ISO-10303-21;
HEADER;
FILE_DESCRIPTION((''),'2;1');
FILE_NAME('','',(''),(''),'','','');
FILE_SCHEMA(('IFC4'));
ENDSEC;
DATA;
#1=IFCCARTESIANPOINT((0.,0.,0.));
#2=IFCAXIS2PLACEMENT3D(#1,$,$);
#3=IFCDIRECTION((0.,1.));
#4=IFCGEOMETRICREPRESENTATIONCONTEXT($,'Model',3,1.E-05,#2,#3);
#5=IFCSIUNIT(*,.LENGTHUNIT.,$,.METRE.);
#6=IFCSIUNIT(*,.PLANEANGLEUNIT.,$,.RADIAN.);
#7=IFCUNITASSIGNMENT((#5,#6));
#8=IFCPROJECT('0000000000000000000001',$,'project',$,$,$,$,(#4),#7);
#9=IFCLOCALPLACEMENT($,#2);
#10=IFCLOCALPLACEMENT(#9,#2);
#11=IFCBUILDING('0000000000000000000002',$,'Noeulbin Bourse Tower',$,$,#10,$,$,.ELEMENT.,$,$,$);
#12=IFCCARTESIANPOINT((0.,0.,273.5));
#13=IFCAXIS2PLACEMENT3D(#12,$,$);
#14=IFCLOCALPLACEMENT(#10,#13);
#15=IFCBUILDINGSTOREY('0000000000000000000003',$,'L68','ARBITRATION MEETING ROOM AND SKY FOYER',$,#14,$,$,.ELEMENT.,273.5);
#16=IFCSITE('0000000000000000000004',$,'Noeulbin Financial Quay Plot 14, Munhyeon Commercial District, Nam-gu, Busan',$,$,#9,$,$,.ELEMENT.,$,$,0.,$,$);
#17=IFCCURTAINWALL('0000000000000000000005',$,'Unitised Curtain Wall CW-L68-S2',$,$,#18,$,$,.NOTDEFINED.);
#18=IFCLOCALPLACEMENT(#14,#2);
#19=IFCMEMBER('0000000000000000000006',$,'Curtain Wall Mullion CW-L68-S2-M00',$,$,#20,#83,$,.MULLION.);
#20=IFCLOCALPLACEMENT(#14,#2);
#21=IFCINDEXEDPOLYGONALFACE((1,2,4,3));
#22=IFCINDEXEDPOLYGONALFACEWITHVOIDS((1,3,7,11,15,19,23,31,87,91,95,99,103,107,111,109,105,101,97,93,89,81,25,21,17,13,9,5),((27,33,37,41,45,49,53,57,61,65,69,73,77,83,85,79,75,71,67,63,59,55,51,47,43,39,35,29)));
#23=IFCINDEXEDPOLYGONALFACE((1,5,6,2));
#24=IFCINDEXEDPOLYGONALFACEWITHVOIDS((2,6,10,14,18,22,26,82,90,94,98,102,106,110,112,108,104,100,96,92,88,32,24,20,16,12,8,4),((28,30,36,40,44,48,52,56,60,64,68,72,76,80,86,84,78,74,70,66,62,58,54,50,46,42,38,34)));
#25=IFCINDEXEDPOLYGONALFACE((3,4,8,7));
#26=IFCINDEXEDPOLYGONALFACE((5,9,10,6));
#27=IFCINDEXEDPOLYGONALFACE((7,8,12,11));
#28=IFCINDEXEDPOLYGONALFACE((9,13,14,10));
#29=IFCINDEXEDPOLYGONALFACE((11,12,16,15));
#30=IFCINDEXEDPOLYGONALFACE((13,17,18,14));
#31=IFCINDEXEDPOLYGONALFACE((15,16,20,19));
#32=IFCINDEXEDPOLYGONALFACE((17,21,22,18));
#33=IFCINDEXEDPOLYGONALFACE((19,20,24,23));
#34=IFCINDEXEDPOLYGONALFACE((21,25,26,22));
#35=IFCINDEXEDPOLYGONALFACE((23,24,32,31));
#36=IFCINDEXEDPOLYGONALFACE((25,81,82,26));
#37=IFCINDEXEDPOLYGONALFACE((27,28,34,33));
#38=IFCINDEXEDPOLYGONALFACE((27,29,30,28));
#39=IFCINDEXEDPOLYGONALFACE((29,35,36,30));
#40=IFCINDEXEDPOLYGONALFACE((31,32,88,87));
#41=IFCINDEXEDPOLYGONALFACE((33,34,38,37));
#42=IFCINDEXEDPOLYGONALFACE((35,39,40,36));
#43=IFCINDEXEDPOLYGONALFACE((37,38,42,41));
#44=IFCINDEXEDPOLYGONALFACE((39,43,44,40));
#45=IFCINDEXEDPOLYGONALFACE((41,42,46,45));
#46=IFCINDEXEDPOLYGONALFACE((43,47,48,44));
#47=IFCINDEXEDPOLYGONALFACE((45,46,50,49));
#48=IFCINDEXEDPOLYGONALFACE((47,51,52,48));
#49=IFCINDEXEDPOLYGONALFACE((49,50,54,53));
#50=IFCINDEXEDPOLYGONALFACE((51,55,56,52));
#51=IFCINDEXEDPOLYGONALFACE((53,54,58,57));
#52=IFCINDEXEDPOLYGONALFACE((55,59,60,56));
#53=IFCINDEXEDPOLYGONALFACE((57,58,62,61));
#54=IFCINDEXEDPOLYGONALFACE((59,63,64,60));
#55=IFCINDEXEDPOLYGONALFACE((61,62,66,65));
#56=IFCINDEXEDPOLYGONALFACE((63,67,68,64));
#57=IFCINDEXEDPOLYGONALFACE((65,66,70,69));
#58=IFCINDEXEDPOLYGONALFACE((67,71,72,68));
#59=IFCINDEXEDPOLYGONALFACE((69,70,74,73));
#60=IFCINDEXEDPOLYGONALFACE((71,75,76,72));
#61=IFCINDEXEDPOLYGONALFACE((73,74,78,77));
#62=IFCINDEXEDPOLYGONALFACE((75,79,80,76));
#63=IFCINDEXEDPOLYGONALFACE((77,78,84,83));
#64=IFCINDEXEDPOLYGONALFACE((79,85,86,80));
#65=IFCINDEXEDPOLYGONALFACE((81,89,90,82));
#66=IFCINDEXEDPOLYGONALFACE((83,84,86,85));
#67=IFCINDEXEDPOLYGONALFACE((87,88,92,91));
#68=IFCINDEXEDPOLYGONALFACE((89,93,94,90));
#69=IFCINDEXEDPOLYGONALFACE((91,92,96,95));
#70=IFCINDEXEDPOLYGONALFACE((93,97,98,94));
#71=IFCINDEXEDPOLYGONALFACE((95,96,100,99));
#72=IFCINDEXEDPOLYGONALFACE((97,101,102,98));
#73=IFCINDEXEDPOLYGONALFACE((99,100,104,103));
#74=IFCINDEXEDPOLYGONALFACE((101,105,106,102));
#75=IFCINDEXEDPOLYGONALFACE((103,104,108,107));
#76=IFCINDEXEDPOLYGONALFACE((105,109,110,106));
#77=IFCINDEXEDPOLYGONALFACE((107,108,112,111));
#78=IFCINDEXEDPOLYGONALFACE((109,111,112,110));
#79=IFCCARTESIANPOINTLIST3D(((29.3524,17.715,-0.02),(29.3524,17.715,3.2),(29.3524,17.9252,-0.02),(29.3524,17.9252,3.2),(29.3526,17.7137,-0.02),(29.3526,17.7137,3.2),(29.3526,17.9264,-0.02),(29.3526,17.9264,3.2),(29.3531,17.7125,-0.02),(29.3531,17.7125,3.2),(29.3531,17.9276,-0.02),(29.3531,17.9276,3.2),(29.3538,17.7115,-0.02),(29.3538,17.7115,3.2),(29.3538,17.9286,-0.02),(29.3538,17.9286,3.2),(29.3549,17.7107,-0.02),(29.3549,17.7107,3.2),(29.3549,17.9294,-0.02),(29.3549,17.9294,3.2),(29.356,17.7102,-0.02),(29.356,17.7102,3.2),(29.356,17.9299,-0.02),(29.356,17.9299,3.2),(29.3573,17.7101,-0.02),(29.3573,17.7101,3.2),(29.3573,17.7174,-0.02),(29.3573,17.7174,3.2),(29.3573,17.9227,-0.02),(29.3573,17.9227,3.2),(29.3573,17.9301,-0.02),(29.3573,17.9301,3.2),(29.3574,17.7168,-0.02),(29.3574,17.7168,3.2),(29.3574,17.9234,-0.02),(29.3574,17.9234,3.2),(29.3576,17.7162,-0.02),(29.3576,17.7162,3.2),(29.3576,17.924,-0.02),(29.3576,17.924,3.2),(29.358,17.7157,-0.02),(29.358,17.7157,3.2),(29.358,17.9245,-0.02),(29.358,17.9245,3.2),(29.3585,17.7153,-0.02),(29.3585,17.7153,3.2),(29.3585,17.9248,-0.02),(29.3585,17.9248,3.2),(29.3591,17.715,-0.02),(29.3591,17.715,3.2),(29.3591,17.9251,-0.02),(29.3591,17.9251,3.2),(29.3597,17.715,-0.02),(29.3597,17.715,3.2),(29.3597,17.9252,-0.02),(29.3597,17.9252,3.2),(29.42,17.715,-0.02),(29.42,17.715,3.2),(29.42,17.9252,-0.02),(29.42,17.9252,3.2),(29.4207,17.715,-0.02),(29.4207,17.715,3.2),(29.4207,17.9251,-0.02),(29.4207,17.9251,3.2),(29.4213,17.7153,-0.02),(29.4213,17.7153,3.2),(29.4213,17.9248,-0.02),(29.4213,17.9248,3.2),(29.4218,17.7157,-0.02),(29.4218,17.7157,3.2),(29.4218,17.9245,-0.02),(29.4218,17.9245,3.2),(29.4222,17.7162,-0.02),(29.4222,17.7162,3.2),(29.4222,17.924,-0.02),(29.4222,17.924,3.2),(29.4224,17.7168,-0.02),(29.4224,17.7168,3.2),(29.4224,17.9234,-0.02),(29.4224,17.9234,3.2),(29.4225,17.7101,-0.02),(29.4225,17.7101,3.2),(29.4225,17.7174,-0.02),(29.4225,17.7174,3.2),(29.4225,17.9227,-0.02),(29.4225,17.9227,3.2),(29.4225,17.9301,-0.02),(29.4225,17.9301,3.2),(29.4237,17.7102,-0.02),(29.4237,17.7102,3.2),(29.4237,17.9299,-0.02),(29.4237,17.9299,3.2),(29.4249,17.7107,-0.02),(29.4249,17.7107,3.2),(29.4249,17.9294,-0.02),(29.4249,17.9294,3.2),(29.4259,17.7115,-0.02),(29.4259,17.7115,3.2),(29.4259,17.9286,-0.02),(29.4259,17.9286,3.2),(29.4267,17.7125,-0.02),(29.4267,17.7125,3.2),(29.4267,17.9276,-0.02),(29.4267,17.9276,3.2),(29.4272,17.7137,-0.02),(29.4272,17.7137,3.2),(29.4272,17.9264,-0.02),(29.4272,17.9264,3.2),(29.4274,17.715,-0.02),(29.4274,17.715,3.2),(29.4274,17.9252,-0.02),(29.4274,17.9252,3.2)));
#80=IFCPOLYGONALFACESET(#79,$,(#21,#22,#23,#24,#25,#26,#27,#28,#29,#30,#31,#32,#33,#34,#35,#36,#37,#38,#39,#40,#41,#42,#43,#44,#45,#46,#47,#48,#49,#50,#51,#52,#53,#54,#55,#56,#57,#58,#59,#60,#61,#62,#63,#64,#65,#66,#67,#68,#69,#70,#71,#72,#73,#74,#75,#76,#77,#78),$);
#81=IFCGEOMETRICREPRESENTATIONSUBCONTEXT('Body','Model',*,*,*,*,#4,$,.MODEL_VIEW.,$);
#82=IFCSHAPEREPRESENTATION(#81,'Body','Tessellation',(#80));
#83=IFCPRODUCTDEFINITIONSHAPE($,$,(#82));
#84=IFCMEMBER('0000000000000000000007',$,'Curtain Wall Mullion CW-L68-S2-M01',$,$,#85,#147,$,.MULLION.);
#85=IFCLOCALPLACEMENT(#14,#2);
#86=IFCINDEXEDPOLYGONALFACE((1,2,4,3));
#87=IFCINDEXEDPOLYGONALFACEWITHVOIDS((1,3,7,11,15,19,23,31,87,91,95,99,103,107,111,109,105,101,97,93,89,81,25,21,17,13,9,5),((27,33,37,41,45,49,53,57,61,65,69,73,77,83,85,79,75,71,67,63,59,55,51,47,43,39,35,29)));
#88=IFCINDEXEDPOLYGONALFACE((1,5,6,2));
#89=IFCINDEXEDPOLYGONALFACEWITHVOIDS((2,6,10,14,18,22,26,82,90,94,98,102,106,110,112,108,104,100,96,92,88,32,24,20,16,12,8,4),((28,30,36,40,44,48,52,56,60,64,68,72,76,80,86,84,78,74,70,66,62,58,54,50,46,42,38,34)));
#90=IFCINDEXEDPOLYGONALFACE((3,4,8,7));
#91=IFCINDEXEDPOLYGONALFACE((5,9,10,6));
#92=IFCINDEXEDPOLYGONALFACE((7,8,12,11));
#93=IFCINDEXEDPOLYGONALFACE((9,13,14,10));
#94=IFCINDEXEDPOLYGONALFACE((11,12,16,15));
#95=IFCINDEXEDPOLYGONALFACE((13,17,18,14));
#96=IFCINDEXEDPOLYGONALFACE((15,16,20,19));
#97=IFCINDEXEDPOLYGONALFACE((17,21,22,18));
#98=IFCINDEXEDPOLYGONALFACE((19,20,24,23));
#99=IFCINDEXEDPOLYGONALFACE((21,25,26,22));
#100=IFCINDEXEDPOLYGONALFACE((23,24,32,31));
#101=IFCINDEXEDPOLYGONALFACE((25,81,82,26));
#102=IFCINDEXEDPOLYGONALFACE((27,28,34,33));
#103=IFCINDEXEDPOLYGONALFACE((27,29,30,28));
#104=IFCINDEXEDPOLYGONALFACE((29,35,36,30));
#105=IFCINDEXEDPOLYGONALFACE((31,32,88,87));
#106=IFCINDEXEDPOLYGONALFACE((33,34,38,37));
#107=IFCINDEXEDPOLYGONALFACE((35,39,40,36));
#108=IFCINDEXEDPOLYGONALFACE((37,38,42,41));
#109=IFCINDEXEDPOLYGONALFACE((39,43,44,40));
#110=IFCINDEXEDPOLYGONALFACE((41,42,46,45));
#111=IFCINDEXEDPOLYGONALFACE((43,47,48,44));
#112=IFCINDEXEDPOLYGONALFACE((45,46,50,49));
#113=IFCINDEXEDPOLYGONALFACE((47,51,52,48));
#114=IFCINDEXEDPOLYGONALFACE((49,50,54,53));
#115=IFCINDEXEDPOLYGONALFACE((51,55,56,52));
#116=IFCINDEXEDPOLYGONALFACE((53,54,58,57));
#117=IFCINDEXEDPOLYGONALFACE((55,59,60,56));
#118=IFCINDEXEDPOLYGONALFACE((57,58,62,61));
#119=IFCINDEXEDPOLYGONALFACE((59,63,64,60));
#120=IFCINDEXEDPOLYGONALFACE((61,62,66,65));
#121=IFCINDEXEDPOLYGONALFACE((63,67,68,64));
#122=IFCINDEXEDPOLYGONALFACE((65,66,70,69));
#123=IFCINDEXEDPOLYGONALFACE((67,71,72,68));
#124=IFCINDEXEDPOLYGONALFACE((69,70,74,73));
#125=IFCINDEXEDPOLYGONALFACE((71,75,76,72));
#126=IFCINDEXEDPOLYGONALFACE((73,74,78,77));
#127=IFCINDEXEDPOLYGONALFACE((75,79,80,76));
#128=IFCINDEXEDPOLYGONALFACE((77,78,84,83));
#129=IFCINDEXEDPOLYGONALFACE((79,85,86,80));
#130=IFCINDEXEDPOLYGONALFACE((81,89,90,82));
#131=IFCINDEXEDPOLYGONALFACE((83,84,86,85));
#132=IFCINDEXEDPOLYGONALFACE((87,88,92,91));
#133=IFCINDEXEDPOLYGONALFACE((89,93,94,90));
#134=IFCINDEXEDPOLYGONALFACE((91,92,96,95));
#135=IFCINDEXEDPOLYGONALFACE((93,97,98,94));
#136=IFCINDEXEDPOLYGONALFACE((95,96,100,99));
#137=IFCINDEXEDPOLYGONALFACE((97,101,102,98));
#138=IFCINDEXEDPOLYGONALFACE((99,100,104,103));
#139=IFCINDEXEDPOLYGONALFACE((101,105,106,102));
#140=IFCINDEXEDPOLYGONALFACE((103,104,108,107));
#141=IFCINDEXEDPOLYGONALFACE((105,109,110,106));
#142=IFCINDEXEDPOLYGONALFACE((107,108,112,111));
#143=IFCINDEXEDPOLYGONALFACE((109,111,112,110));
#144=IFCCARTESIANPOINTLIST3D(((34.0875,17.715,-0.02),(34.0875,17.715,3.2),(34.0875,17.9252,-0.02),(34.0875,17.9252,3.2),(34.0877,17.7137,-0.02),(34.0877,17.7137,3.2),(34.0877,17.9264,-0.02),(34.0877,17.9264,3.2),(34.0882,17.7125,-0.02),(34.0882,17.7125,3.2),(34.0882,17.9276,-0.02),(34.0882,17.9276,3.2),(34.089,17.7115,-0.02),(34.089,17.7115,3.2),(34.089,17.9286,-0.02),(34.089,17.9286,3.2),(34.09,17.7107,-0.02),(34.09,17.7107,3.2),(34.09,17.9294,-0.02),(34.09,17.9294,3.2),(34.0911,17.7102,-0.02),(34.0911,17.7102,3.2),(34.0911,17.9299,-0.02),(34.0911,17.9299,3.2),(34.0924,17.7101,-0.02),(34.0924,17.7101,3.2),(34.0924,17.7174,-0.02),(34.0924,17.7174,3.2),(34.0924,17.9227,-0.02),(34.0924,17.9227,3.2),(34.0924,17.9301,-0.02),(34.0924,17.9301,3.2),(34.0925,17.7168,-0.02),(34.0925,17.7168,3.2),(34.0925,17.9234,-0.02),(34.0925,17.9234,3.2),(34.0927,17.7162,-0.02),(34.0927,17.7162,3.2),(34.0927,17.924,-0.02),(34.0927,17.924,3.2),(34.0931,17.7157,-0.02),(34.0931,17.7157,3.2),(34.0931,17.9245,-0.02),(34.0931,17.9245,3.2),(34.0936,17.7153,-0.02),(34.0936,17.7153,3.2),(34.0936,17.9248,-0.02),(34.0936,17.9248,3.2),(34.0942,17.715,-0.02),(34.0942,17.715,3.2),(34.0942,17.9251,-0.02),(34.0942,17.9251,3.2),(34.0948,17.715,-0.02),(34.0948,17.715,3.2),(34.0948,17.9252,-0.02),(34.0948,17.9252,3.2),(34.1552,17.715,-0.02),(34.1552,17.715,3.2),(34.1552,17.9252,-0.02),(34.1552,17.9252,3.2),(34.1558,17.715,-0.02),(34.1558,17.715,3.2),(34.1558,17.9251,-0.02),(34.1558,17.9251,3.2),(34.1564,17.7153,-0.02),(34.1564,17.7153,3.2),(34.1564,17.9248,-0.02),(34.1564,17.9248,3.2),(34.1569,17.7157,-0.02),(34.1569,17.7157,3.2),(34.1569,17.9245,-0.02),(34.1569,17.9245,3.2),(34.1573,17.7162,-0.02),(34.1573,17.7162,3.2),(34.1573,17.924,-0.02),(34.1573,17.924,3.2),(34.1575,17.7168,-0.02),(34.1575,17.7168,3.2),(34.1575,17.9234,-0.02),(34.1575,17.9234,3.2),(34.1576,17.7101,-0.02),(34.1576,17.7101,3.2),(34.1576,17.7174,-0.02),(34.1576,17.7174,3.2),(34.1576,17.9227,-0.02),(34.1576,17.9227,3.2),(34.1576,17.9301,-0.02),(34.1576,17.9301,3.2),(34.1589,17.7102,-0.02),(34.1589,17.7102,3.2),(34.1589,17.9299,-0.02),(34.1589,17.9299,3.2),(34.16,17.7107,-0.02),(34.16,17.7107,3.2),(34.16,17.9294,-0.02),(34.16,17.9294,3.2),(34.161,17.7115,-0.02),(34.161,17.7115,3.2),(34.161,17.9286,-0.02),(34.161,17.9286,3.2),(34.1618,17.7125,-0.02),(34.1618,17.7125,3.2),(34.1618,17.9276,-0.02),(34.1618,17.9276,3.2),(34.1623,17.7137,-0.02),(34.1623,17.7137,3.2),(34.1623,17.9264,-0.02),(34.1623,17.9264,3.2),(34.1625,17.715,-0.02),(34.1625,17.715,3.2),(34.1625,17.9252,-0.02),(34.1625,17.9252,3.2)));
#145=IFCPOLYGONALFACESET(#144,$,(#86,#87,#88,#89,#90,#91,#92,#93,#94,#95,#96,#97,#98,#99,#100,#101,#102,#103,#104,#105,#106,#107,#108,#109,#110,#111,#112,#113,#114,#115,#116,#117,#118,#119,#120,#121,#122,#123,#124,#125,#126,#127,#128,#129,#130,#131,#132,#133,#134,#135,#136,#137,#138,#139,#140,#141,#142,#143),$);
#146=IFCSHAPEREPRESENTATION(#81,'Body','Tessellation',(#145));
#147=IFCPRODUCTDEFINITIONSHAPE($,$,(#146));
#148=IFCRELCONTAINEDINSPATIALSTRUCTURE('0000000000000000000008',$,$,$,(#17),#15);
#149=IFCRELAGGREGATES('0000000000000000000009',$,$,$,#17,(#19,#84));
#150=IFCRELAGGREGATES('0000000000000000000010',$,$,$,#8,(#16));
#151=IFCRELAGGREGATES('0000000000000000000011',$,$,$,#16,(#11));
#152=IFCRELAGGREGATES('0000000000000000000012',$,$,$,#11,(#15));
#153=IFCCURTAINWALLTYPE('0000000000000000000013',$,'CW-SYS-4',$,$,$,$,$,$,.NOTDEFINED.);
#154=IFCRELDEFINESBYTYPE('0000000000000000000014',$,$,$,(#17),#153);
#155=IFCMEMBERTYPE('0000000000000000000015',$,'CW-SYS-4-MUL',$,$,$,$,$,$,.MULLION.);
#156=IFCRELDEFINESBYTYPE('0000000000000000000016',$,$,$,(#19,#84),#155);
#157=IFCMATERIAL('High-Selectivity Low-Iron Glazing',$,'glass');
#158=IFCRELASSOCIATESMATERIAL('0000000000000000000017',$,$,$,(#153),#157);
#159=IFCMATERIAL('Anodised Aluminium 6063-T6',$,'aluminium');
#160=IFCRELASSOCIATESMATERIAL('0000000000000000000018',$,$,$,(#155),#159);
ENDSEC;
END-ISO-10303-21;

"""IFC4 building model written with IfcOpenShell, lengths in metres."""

from ifc_helpers import new_model, si_unit, direction, frame, origin, origin_2d, place, context, subcontext, project, spatial, hollow_rectangle, extrude, material, material_profile, profile_set, type_object, element, aggregate, save


model = new_model("IFC4")

# Units and contexts
model_context = context("Model", 3, precision=1e-05, world=origin(), true_north=direction((0.0, 1.0)))
body_context = subcontext(model_context, "Body", "Model", "MODEL_VIEW")
ifc_project = project(units=[si_unit("LENGTHUNIT", "METRE"), si_unit("PLANEANGLEUNIT", "RADIAN")], contexts=[model_context])

# Site, building, storey
site_placement = place(None, origin())
site = spatial("IfcSite", under=ifc_project, at=site_placement, Name="Noeulbin Financial Quay Plot 14, Munhyeon Commercial District, Nam-gu, Busan", CompositionType="ELEMENT", RefElevation=0.0)
building_placement = place(site_placement, origin())
building = spatial("IfcBuilding", under=site, at=building_placement, Name="Noeulbin Bourse Tower", CompositionType="ELEMENT")
storey_placement = place(building_placement, frame((0.0, 0.0, 273.5)))
storey = spatial("IfcBuildingStorey", under=building, at=storey_placement, Name="L68", Description="ARBITRATION MEETING ROOM AND SKY FOYER", CompositionType="ELEMENT", Elevation=273.5)

# Shared definitions
ifc_material_1 = material(Name="High-Selectivity Low-Iron Glazing", Category="glass")
curtain_wall_type = type_object("IfcCurtainWallType", Name="CW-SYS-4", PredefinedType="NOTDEFINED", material=ifc_material_1)
ifc_material_2 = material(Name="Anodised Aluminium 6063-T6", Category="aluminium")
ifc_material_profile_1 = material_profile(ifc_material_2, hollow_rectangle(XDim=0.075, YDim=0.22, WallThickness=0.0049, InnerFilletRadius=0.0024, OuterFilletRadius=0.0049, at=origin_2d()), Name="ALU-MULL-75x220x5", Category="LoadBearing")
ifc_profile_set_1 = profile_set([ifc_material_profile_1], Name="Anodised Aluminium 6063-T6")
member_type_1 = type_object("IfcMemberType", Name="CW-SYS-4-MUL", PredefinedType="MULLION", material=ifc_profile_set_1)

# Curtain wall, members
curtain_wall_1_placement = place(storey_placement, origin())
curtain_wall_1 = element("IfcCurtainWall", 1, at=curtain_wall_1_placement, inside=storey, type_object=curtain_wall_type, Name="Unitised Curtain Wall CW-L68-S2", PredefinedType="NOTDEFINED")
member_1_placement = place(storey_placement, frame((29.3899, 17.8201, -0.02), z_axis=(0.0, 0.0, 1.0), x_axis=(1.0, 0.0, 0.0)))
member_1 = element("IfcMember", 2, at=member_1_placement, type_object=member_type_1, Name="Curtain Wall Mullion CW-L68-S2-M00", PredefinedType="MULLION", context=body_context, shape_type="SweptSolid", body=[
    extrude(hollow_rectangle(XDim=0.075, YDim=0.22, WallThickness=0.0049, InnerFilletRadius=0.0024, OuterFilletRadius=0.0049, at=origin_2d()), origin(), (0.0, 0.0, 1.0), 3.22),
])
member_2_placement = place(storey_placement, frame((34.125, 17.8201, -0.02), z_axis=(0.0, 0.0, 1.0), x_axis=(1.0, 0.0, 0.0)))
member_2 = element("IfcMember", 3, at=member_2_placement, type_object=member_type_1, Name="Curtain Wall Mullion CW-L68-S2-M01", PredefinedType="MULLION", context=body_context, shape_type="SweptSolid", body=[
    extrude(hollow_rectangle(XDim=0.075, YDim=0.22, WallThickness=0.0049, InnerFilletRadius=0.0024, OuterFilletRadius=0.0049, at=origin_2d()), origin(), (0.0, 0.0, 1.0), 3.22),
])

aggregate(curtain_wall_1, [member_1, member_2])

save(model, "model.ifc")
